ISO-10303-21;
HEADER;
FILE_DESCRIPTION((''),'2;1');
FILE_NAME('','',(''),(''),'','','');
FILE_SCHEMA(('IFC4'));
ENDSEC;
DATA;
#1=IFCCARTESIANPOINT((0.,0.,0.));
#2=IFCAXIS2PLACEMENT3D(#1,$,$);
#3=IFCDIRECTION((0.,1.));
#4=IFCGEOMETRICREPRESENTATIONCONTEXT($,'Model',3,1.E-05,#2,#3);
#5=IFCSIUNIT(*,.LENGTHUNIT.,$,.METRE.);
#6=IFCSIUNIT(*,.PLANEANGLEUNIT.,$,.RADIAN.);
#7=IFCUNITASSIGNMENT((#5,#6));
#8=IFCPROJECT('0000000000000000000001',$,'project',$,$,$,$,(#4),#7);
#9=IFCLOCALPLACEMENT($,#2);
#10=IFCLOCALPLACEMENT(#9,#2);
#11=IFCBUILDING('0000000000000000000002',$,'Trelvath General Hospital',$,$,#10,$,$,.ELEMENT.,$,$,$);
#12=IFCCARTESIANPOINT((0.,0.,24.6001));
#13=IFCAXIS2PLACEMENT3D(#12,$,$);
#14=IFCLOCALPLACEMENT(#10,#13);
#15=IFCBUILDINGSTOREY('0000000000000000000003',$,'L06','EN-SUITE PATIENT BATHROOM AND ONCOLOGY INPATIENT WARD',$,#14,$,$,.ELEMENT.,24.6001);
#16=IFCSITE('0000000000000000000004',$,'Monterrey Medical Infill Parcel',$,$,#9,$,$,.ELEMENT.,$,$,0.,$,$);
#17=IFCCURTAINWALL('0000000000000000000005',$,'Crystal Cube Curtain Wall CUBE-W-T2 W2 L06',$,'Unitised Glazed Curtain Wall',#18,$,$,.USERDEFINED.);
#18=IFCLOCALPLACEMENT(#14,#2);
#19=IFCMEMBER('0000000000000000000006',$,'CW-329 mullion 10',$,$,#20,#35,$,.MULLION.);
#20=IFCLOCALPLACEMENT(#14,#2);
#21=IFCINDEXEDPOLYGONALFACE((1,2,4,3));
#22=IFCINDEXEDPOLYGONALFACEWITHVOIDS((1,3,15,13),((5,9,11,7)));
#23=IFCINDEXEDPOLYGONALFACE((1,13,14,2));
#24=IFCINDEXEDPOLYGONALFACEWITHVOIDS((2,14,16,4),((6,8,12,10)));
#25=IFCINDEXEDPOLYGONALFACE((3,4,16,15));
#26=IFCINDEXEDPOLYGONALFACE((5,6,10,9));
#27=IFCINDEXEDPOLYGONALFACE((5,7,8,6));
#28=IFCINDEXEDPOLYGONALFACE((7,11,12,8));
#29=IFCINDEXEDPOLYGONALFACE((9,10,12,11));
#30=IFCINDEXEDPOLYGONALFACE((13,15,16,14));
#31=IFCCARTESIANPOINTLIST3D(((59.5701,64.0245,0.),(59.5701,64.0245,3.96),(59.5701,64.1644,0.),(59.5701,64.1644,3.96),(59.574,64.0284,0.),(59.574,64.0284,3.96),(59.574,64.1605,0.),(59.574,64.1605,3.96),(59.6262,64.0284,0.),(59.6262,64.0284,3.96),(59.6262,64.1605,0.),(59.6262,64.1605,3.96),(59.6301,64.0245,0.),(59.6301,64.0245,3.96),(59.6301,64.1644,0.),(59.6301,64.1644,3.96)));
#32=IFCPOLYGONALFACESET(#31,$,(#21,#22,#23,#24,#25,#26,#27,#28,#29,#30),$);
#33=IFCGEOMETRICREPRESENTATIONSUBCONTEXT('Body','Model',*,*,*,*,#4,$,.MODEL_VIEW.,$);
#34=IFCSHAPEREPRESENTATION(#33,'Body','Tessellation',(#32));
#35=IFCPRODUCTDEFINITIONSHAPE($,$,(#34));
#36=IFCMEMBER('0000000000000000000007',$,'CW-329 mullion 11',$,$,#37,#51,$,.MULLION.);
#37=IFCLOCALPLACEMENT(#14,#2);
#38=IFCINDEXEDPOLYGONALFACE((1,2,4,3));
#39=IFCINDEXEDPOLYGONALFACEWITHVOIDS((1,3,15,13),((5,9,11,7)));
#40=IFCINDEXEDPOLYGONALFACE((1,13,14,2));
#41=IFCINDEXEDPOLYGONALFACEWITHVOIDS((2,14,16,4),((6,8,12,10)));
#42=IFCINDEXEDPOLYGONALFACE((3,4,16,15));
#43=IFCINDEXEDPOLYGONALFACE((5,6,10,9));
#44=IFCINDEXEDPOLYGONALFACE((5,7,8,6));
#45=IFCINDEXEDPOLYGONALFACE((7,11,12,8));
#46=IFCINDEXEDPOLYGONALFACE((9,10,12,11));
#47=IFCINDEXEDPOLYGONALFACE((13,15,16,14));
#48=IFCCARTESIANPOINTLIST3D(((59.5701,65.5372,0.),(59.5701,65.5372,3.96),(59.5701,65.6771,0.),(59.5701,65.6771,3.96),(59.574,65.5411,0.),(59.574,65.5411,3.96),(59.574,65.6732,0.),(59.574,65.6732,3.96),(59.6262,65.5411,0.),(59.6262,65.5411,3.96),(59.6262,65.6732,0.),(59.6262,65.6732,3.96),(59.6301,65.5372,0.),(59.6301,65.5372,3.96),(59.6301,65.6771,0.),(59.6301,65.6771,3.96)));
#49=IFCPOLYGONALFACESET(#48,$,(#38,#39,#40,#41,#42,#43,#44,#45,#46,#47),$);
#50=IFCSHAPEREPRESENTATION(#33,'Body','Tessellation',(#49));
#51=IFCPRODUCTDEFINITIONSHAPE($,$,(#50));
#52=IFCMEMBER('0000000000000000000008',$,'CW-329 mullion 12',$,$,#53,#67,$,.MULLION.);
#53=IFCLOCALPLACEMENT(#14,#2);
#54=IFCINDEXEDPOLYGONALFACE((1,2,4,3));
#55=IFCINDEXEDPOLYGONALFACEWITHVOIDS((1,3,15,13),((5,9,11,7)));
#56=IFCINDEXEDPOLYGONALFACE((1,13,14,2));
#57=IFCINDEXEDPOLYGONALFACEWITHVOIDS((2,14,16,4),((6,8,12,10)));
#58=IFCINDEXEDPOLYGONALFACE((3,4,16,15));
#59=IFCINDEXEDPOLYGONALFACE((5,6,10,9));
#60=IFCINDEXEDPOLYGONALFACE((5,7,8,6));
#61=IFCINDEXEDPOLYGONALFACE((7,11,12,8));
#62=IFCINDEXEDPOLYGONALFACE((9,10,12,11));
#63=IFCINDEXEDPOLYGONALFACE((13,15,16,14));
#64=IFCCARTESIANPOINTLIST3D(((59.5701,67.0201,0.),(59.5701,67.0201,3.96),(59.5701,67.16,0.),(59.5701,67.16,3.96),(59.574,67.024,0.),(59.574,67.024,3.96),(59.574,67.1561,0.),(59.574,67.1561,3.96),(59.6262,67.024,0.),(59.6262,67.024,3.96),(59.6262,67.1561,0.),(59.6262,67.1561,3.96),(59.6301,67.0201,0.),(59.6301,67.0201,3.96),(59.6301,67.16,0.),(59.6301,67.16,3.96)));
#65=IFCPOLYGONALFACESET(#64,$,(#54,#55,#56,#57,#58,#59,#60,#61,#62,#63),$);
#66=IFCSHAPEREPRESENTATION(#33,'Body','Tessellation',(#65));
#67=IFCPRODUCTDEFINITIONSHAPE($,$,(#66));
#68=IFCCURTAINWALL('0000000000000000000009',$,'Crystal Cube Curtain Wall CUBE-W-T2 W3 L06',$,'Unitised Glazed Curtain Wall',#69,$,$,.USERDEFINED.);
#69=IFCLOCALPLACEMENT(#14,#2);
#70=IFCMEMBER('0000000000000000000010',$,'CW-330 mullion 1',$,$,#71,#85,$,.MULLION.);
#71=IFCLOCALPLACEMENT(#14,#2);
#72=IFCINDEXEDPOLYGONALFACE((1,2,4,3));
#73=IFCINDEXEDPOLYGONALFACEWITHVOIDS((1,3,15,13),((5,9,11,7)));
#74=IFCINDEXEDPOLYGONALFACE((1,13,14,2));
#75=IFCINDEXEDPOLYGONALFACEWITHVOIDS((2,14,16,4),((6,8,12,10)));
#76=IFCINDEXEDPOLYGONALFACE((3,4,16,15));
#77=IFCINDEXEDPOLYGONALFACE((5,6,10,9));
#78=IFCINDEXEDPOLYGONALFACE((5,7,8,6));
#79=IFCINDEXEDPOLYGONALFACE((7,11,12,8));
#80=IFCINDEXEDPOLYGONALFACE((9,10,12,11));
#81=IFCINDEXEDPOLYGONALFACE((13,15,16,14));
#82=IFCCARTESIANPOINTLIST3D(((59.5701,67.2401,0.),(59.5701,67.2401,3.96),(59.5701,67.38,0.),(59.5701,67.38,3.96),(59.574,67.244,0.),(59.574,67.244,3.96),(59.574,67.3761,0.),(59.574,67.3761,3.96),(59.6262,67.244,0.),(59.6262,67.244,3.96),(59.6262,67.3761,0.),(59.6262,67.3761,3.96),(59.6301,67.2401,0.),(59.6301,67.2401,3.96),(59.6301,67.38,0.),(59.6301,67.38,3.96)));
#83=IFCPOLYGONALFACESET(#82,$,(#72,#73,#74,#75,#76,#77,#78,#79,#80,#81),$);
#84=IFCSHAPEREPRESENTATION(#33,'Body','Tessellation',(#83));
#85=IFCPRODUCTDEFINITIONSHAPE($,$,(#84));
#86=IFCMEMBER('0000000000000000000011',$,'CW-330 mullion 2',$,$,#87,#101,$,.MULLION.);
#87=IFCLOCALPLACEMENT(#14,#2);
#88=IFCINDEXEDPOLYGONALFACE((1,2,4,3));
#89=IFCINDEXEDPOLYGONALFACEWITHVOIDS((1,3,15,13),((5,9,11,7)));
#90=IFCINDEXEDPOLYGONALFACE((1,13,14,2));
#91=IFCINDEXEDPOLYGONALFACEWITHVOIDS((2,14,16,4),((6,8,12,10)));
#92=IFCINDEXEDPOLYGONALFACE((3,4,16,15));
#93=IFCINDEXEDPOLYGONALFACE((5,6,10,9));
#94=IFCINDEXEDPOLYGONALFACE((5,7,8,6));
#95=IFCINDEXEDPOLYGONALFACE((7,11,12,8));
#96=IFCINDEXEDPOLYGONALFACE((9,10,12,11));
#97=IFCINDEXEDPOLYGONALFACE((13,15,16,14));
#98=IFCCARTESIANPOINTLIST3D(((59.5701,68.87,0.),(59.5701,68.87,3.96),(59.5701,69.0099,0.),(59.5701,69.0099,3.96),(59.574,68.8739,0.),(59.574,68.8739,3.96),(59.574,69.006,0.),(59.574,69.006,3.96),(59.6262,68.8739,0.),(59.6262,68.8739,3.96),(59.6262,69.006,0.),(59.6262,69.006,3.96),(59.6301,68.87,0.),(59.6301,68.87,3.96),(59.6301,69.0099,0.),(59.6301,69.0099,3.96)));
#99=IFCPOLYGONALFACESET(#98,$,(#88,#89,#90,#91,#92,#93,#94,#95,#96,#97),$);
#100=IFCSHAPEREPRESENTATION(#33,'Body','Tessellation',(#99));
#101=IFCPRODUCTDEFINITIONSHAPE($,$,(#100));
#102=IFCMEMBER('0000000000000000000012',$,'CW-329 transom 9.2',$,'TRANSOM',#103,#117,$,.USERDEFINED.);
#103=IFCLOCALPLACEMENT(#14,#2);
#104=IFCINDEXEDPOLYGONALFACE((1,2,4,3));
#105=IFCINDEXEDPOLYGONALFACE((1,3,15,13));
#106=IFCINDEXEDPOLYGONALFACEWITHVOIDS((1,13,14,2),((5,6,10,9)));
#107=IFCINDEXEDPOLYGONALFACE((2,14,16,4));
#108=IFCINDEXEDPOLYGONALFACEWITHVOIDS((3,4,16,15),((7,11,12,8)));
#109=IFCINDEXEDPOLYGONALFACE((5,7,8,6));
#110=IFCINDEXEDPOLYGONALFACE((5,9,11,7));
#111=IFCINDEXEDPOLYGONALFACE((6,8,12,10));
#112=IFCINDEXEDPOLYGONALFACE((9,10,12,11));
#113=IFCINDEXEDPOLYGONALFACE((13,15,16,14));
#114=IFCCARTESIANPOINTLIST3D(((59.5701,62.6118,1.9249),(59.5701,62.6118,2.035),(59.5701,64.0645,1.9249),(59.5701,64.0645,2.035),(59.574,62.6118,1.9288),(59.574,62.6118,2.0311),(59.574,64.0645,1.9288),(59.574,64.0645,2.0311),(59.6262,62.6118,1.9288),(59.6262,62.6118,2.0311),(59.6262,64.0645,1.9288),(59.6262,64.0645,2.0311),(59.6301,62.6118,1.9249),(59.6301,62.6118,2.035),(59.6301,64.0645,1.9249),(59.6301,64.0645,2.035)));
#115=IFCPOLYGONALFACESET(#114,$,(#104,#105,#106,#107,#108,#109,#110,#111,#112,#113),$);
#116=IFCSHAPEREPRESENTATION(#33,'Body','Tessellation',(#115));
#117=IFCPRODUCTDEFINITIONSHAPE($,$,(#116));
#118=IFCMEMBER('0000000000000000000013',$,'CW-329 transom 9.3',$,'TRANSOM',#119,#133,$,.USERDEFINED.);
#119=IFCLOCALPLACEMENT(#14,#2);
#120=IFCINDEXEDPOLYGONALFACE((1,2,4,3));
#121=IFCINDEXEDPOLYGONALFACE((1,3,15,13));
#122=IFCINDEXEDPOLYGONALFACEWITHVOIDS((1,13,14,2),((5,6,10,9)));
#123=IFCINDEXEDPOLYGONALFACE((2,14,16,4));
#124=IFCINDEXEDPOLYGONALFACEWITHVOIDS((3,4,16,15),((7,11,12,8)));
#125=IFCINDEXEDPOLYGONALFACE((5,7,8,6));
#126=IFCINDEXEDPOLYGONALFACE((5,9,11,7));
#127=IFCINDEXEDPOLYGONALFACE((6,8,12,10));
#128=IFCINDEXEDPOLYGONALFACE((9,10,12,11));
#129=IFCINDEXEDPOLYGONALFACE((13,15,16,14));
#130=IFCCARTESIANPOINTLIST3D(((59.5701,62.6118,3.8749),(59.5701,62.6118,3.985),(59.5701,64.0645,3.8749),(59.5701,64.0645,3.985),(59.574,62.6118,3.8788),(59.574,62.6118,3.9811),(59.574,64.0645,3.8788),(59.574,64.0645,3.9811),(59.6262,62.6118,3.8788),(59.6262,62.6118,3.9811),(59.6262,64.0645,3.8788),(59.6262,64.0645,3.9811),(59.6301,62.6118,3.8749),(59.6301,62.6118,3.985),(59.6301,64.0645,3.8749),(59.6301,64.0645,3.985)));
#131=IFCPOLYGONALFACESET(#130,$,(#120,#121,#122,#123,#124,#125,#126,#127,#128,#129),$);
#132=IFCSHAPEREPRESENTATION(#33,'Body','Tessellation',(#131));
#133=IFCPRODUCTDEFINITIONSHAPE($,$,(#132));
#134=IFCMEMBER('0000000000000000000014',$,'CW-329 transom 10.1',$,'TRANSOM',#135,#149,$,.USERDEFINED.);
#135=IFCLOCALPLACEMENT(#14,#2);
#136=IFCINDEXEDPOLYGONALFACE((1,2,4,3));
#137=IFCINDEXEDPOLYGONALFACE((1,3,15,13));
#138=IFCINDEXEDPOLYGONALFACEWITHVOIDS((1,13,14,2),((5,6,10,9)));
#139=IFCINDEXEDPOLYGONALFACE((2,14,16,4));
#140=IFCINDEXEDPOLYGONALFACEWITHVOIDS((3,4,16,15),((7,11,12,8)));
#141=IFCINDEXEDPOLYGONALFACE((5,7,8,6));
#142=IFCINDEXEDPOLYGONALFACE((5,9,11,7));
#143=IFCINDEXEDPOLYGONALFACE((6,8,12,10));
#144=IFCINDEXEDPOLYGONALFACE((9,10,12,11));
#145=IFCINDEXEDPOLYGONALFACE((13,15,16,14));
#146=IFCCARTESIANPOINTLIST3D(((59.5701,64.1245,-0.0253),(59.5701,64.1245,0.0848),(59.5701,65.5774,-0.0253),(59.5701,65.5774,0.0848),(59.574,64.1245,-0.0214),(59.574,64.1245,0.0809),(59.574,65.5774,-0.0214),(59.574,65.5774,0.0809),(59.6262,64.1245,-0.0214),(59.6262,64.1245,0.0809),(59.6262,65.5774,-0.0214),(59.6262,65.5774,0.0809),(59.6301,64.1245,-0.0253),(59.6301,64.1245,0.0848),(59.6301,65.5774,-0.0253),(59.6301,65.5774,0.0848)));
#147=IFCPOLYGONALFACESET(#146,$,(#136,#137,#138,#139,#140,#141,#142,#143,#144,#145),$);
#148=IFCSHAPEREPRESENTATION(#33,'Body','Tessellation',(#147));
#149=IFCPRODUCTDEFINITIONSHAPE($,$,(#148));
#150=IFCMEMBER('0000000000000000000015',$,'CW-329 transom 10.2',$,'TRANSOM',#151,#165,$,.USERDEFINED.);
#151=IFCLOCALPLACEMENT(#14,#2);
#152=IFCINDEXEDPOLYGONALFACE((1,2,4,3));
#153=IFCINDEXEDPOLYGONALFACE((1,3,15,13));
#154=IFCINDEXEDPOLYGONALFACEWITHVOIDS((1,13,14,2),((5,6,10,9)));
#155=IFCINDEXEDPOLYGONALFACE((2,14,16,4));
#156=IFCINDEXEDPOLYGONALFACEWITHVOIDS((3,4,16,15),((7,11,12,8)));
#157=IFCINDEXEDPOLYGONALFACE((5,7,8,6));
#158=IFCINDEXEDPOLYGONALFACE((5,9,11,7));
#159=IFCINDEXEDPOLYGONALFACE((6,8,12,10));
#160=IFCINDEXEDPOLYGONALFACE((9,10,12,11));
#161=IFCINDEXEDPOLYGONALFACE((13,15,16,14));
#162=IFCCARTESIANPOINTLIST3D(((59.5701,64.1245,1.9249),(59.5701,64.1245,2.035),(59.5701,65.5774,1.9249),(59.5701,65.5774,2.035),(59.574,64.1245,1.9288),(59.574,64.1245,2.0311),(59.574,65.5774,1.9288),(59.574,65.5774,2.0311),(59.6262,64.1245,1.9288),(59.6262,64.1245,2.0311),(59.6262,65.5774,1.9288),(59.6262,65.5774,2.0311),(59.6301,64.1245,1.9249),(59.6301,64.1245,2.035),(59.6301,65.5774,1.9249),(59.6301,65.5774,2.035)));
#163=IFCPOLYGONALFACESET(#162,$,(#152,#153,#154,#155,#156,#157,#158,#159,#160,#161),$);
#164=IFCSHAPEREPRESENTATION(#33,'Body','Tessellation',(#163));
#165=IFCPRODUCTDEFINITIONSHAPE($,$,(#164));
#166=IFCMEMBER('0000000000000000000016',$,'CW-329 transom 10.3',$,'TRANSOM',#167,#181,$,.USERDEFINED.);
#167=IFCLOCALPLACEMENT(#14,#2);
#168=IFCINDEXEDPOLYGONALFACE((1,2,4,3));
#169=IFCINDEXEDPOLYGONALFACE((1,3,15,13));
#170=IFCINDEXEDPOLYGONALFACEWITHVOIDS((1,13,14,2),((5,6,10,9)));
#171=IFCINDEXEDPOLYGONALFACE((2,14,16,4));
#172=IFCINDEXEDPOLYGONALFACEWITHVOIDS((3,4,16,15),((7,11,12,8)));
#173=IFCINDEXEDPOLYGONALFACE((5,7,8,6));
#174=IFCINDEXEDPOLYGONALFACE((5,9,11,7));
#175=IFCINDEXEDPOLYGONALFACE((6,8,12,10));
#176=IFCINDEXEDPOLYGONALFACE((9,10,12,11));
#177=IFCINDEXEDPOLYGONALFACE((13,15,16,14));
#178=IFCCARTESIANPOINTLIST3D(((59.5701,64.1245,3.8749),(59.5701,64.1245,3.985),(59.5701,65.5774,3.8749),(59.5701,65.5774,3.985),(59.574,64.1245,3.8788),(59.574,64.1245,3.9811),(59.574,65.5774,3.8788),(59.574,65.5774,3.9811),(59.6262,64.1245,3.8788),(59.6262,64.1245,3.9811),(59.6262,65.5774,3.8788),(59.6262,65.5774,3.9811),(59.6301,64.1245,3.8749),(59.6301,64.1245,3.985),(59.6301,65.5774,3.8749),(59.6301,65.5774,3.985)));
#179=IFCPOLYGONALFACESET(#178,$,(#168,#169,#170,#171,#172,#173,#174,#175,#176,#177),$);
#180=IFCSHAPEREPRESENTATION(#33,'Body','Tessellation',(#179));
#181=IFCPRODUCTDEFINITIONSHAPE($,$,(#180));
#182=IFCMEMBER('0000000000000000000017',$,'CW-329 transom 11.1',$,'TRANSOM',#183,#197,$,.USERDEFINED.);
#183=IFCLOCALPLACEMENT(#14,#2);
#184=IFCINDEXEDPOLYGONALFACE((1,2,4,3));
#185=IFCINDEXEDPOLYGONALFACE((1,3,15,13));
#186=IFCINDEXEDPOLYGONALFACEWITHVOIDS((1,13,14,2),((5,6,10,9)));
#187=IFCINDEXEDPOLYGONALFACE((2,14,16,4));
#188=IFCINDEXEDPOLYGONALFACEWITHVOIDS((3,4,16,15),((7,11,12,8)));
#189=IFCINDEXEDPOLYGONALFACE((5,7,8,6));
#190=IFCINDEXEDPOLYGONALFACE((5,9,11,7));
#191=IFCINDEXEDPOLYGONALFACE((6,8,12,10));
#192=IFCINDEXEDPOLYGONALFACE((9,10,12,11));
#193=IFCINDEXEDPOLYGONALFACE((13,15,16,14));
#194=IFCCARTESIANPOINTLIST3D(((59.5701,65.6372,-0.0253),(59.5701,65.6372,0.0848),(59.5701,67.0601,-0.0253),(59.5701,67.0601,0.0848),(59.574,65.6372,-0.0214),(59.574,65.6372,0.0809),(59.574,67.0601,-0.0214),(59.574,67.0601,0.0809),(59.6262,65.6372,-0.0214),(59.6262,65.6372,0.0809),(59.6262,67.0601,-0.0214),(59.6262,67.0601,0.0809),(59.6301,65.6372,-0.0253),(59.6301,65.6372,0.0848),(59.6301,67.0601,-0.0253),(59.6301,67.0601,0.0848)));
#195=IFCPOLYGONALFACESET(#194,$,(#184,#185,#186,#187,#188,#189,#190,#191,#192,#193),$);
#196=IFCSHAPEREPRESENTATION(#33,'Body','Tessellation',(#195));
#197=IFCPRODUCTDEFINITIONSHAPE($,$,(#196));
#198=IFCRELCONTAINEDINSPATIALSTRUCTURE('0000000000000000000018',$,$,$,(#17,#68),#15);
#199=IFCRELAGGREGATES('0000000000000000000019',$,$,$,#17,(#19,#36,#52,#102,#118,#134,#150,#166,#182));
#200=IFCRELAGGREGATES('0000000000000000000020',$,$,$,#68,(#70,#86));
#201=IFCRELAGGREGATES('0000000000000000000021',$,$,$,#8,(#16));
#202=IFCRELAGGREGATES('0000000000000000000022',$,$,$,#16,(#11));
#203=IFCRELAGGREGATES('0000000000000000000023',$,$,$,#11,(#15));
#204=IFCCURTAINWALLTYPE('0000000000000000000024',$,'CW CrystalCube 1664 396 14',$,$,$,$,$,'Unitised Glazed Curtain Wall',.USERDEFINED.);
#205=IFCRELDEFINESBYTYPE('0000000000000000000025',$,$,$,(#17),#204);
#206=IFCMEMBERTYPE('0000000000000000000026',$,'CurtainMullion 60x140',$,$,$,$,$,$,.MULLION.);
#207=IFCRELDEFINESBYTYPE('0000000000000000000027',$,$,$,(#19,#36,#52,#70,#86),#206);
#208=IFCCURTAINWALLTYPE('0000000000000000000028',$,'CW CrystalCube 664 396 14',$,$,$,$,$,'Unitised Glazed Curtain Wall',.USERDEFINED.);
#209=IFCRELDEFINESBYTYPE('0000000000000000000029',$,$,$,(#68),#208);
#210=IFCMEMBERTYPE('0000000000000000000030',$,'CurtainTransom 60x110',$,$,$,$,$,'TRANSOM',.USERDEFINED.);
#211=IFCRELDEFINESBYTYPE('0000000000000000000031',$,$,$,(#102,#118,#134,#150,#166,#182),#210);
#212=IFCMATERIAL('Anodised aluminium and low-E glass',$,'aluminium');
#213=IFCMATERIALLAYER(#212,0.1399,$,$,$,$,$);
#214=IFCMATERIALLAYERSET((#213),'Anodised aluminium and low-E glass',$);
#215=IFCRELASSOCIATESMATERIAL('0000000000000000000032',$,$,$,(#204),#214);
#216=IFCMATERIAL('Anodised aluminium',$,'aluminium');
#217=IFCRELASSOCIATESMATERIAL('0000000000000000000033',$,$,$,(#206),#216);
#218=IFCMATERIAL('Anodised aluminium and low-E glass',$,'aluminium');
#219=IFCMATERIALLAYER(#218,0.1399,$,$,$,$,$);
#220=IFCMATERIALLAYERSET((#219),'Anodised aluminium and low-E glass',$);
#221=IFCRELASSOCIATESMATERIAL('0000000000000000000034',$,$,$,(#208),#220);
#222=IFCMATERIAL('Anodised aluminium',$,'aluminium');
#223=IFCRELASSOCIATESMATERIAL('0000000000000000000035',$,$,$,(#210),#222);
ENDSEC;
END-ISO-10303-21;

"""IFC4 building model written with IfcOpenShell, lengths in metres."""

from ifc_helpers import new_model, si_unit, direction, frame, origin, origin_2d, place, context, subcontext, project, spatial, hollow_rectangle, extrude, material, layer, layer_set, material_profile, profile_set, type_object, element, aggregate, save


model = new_model("IFC4")

# Units and contexts
model_context = context("Model", 3, precision=1e-05, world=origin(), true_north=direction((0.0, 1.0)))
body_context = subcontext(model_context, "Body", "Model", "MODEL_VIEW")
ifc_project = project(units=[si_unit("LENGTHUNIT", "METRE"), si_unit("PLANEANGLEUNIT", "RADIAN")], contexts=[model_context])

# Site, building, storey
site_placement = place(None, origin())
site = spatial("IfcSite", under=ifc_project, at=site_placement, Name="Monterrey Medical Infill Parcel", CompositionType="ELEMENT", RefElevation=0.0)
building_placement = place(site_placement, origin())
building = spatial("IfcBuilding", under=site, at=building_placement, Name="Trelvath General Hospital", CompositionType="ELEMENT")
storey_placement = place(building_placement, frame((0.0, 0.0, 24.6001)))
storey = spatial("IfcBuildingStorey", under=building, at=storey_placement, Name="L06", Description="EN-SUITE PATIENT BATHROOM AND ONCOLOGY INPATIENT WARD", CompositionType="ELEMENT", Elevation=24.6001)

# Curtain walls, members
ifc_material_1 = material(Name="Anodised aluminium and low-E glass", Category="aluminium")
ifc_layer_1 = layer(ifc_material_1, 0.1399)
ifc_layer_set_1 = layer_set([ifc_layer_1], Name="Anodised aluminium and low-E glass")
curtain_wall_type_1 = type_object("IfcCurtainWallType", Name="CW CrystalCube 1664 396 14", ElementType="Unitised Glazed Curtain Wall", PredefinedType="USERDEFINED", material=ifc_layer_set_1)
curtain_wall_1_placement = place(storey_placement, origin())
curtain_wall_1 = element("IfcCurtainWall", 1, at=curtain_wall_1_placement, inside=storey, type_object=curtain_wall_type_1, Name="Crystal Cube Curtain Wall CUBE-W-T2 W2 L06", ObjectType="Unitised Glazed Curtain Wall", PredefinedType="USERDEFINED")
ifc_material_2 = material(Name="Anodised aluminium", Category="aluminium")
ifc_material_profile_1 = material_profile(ifc_material_2, hollow_rectangle(XDim=0.0601, YDim=0.1399, WallThickness=0.0039, at=origin_2d()), Name="RHS60x140x4")
ifc_profile_set_1 = profile_set([ifc_material_profile_1], Name="Anodised aluminium")
member_type_1 = type_object("IfcMemberType", Name="CurtainMullion 60x140", PredefinedType="MULLION", material=ifc_profile_set_1)
member_1_placement = place(storey_placement, frame((59.6001, 64.0945, 0.0), z_axis=(0.0, 0.0, 1.0), x_axis=(-1.0, 0.0, 0.0)))
member_1 = element("IfcMember", 2, at=member_1_placement, type_object=member_type_1, Name="CW-329 mullion 10", PredefinedType="MULLION", context=body_context, shape_type="SweptSolid", body=[
    extrude(hollow_rectangle(XDim=0.0601, YDim=0.1399, WallThickness=0.0039, at=origin_2d()), origin(), (0.0, 0.0, 1.0), 3.96),
])
member_2_placement = place(storey_placement, frame((59.6001, 65.6072, 0.0), z_axis=(0.0, 0.0, 1.0), x_axis=(-1.0, 0.0, 0.0)))
member_2 = element("IfcMember", 3, at=member_2_placement, type_object=member_type_1, Name="CW-329 mullion 11", PredefinedType="MULLION", context=body_context, shape_type="SweptSolid", body=[
    extrude(hollow_rectangle(XDim=0.0601, YDim=0.1399, WallThickness=0.0039, at=origin_2d()), origin(), (0.0, 0.0, 1.0), 3.96),
])
member_3_placement = place(storey_placement, frame((59.6001, 67.0901, 0.0), z_axis=(0.0, 0.0, 1.0), x_axis=(-1.0, 0.0, 0.0)))
member_3 = element("IfcMember", 4, at=member_3_placement, type_object=member_type_1, Name="CW-329 mullion 12", PredefinedType="MULLION", context=body_context, shape_type="SweptSolid", body=[
    extrude(hollow_rectangle(XDim=0.0601, YDim=0.1399, WallThickness=0.0039, at=origin_2d()), origin(), (0.0, 0.0, 1.0), 3.96),
])
ifc_material_3 = material(Name="Anodised aluminium and low-E glass", Category="aluminium")
ifc_layer_2 = layer(ifc_material_3, 0.1399)
ifc_layer_set_2 = layer_set([ifc_layer_2], Name="Anodised aluminium and low-E glass")
curtain_wall_type_2 = type_object("IfcCurtainWallType", Name="CW CrystalCube 664 396 14", ElementType="Unitised Glazed Curtain Wall", PredefinedType="USERDEFINED", material=ifc_layer_set_2)
curtain_wall_2_placement = place(storey_placement, origin())
curtain_wall_2 = element("IfcCurtainWall", 5, at=curtain_wall_2_placement, inside=storey, type_object=curtain_wall_type_2, Name="Crystal Cube Curtain Wall CUBE-W-T2 W3 L06", ObjectType="Unitised Glazed Curtain Wall", PredefinedType="USERDEFINED")
member_4_placement = place(storey_placement, frame((59.6001, 67.3101, 0.0), z_axis=(0.0, 0.0, 1.0), x_axis=(-1.0, 0.0, 0.0)))
member_4 = element("IfcMember", 6, at=member_4_placement, type_object=member_type_1, Name="CW-330 mullion 1", PredefinedType="MULLION", context=body_context, shape_type="SweptSolid", body=[
    extrude(hollow_rectangle(XDim=0.0601, YDim=0.1399, WallThickness=0.0039, at=origin_2d()), origin(), (0.0, 0.0, 1.0), 3.96),
])
member_5_placement = place(storey_placement, frame((59.6001, 68.9399, 0.0), z_axis=(0.0, 0.0, 1.0), x_axis=(-1.0, 0.0, 0.0)))
member_5 = element("IfcMember", 7, at=member_5_placement, type_object=member_type_1, Name="CW-330 mullion 2", PredefinedType="MULLION", context=body_context, shape_type="SweptSolid", body=[
    extrude(hollow_rectangle(XDim=0.0601, YDim=0.1399, WallThickness=0.0039, at=origin_2d()), origin(), (0.0, 0.0, 1.0), 3.96),
])

# Members
ifc_material_4 = material(Name="Anodised aluminium", Category="aluminium")
ifc_material_profile_2 = material_profile(ifc_material_4, hollow_rectangle(XDim=0.0601, YDim=0.1101, WallThickness=0.0039, at=origin_2d()), Name="RHS60x110x4")
ifc_profile_set_2 = profile_set([ifc_material_profile_2], Name="Anodised aluminium")
member_type_2 = type_object("IfcMemberType", Name="CurtainTransom 60x110", ElementType="TRANSOM", PredefinedType="USERDEFINED", material=ifc_profile_set_2)
member_6_placement = place(storey_placement, frame((59.6001, 62.6118, 1.98), z_axis=(0.0, 1.0, 0.0), x_axis=(-1.0, 0.0, 0.0)))
member_6 = element("IfcMember", 8, at=member_6_placement, type_object=member_type_2, Name="CW-329 transom 9.2", ObjectType="TRANSOM", PredefinedType="USERDEFINED", context=body_context, shape_type="SweptSolid", body=[
    extrude(hollow_rectangle(XDim=0.0601, YDim=0.1101, WallThickness=0.0039, at=origin_2d()), origin(), (0.0, 0.0, 1.0), 1.4526),
])
member_7_placement = place(storey_placement, frame((59.6001, 62.6118, 3.9299), z_axis=(0.0, 1.0, 0.0), x_axis=(-1.0, 0.0, 0.0)))
member_7 = element("IfcMember", 9, at=member_7_placement, type_object=member_type_2, Name="CW-329 transom 9.3", ObjectType="TRANSOM", PredefinedType="USERDEFINED", context=body_context, shape_type="SweptSolid", body=[
    extrude(hollow_rectangle(XDim=0.0601, YDim=0.1101, WallThickness=0.0039, at=origin_2d()), origin(), (0.0, 0.0, 1.0), 1.4526),
])
member_8_placement = place(storey_placement, frame((59.6001, 64.1245, 0.0298), z_axis=(0.0, 1.0, 0.0), x_axis=(-1.0, 0.0, 0.0)))
member_8 = element("IfcMember", 10, at=member_8_placement, type_object=member_type_2, Name="CW-329 transom 10.1", ObjectType="TRANSOM", PredefinedType="USERDEFINED", context=body_context, shape_type="SweptSolid", body=[
    extrude(hollow_rectangle(XDim=0.0601, YDim=0.1101, WallThickness=0.0039, at=origin_2d()), origin(), (0.0, 0.0, 1.0), 1.4529),
])
member_9_placement = place(storey_placement, frame((59.6001, 64.1245, 1.98), z_axis=(0.0, 1.0, 0.0), x_axis=(-1.0, 0.0, 0.0)))
member_9 = element("IfcMember", 11, at=member_9_placement, type_object=member_type_2, Name="CW-329 transom 10.2", ObjectType="TRANSOM", PredefinedType="USERDEFINED", context=body_context, shape_type="SweptSolid", body=[
    extrude(hollow_rectangle(XDim=0.0601, YDim=0.1101, WallThickness=0.0039, at=origin_2d()), origin(), (0.0, 0.0, 1.0), 1.4529),
])
member_10_placement = place(storey_placement, frame((59.6001, 64.1245, 3.9299), z_axis=(0.0, 1.0, 0.0), x_axis=(-1.0, 0.0, 0.0)))
member_10 = element("IfcMember", 12, at=member_10_placement, type_object=member_type_2, Name="CW-329 transom 10.3", ObjectType="TRANSOM", PredefinedType="USERDEFINED", context=body_context, shape_type="SweptSolid", body=[
    extrude(hollow_rectangle(XDim=0.0601, YDim=0.1101, WallThickness=0.0039, at=origin_2d()), origin(), (0.0, 0.0, 1.0), 1.4529),
])
member_11_placement = place(storey_placement, frame((59.6001, 65.6372, 0.0298), z_axis=(0.0, 1.0, 0.0), x_axis=(-1.0, 0.0, 0.0)))
member_11 = element("IfcMember", 13, at=member_11_placement, type_object=member_type_2, Name="CW-329 transom 11.1", ObjectType="TRANSOM", PredefinedType="USERDEFINED", context=body_context, shape_type="SweptSolid", body=[
    extrude(hollow_rectangle(XDim=0.0601, YDim=0.1101, WallThickness=0.0039, at=origin_2d()), origin(), (0.0, 0.0, 1.0), 1.4229),
])

aggregate(curtain_wall_1, [member_1, member_2, member_3, member_6, member_7, member_8, member_9, member_10, member_11])
aggregate(curtain_wall_2, [member_4, member_5])

save(model, "model.ifc")
